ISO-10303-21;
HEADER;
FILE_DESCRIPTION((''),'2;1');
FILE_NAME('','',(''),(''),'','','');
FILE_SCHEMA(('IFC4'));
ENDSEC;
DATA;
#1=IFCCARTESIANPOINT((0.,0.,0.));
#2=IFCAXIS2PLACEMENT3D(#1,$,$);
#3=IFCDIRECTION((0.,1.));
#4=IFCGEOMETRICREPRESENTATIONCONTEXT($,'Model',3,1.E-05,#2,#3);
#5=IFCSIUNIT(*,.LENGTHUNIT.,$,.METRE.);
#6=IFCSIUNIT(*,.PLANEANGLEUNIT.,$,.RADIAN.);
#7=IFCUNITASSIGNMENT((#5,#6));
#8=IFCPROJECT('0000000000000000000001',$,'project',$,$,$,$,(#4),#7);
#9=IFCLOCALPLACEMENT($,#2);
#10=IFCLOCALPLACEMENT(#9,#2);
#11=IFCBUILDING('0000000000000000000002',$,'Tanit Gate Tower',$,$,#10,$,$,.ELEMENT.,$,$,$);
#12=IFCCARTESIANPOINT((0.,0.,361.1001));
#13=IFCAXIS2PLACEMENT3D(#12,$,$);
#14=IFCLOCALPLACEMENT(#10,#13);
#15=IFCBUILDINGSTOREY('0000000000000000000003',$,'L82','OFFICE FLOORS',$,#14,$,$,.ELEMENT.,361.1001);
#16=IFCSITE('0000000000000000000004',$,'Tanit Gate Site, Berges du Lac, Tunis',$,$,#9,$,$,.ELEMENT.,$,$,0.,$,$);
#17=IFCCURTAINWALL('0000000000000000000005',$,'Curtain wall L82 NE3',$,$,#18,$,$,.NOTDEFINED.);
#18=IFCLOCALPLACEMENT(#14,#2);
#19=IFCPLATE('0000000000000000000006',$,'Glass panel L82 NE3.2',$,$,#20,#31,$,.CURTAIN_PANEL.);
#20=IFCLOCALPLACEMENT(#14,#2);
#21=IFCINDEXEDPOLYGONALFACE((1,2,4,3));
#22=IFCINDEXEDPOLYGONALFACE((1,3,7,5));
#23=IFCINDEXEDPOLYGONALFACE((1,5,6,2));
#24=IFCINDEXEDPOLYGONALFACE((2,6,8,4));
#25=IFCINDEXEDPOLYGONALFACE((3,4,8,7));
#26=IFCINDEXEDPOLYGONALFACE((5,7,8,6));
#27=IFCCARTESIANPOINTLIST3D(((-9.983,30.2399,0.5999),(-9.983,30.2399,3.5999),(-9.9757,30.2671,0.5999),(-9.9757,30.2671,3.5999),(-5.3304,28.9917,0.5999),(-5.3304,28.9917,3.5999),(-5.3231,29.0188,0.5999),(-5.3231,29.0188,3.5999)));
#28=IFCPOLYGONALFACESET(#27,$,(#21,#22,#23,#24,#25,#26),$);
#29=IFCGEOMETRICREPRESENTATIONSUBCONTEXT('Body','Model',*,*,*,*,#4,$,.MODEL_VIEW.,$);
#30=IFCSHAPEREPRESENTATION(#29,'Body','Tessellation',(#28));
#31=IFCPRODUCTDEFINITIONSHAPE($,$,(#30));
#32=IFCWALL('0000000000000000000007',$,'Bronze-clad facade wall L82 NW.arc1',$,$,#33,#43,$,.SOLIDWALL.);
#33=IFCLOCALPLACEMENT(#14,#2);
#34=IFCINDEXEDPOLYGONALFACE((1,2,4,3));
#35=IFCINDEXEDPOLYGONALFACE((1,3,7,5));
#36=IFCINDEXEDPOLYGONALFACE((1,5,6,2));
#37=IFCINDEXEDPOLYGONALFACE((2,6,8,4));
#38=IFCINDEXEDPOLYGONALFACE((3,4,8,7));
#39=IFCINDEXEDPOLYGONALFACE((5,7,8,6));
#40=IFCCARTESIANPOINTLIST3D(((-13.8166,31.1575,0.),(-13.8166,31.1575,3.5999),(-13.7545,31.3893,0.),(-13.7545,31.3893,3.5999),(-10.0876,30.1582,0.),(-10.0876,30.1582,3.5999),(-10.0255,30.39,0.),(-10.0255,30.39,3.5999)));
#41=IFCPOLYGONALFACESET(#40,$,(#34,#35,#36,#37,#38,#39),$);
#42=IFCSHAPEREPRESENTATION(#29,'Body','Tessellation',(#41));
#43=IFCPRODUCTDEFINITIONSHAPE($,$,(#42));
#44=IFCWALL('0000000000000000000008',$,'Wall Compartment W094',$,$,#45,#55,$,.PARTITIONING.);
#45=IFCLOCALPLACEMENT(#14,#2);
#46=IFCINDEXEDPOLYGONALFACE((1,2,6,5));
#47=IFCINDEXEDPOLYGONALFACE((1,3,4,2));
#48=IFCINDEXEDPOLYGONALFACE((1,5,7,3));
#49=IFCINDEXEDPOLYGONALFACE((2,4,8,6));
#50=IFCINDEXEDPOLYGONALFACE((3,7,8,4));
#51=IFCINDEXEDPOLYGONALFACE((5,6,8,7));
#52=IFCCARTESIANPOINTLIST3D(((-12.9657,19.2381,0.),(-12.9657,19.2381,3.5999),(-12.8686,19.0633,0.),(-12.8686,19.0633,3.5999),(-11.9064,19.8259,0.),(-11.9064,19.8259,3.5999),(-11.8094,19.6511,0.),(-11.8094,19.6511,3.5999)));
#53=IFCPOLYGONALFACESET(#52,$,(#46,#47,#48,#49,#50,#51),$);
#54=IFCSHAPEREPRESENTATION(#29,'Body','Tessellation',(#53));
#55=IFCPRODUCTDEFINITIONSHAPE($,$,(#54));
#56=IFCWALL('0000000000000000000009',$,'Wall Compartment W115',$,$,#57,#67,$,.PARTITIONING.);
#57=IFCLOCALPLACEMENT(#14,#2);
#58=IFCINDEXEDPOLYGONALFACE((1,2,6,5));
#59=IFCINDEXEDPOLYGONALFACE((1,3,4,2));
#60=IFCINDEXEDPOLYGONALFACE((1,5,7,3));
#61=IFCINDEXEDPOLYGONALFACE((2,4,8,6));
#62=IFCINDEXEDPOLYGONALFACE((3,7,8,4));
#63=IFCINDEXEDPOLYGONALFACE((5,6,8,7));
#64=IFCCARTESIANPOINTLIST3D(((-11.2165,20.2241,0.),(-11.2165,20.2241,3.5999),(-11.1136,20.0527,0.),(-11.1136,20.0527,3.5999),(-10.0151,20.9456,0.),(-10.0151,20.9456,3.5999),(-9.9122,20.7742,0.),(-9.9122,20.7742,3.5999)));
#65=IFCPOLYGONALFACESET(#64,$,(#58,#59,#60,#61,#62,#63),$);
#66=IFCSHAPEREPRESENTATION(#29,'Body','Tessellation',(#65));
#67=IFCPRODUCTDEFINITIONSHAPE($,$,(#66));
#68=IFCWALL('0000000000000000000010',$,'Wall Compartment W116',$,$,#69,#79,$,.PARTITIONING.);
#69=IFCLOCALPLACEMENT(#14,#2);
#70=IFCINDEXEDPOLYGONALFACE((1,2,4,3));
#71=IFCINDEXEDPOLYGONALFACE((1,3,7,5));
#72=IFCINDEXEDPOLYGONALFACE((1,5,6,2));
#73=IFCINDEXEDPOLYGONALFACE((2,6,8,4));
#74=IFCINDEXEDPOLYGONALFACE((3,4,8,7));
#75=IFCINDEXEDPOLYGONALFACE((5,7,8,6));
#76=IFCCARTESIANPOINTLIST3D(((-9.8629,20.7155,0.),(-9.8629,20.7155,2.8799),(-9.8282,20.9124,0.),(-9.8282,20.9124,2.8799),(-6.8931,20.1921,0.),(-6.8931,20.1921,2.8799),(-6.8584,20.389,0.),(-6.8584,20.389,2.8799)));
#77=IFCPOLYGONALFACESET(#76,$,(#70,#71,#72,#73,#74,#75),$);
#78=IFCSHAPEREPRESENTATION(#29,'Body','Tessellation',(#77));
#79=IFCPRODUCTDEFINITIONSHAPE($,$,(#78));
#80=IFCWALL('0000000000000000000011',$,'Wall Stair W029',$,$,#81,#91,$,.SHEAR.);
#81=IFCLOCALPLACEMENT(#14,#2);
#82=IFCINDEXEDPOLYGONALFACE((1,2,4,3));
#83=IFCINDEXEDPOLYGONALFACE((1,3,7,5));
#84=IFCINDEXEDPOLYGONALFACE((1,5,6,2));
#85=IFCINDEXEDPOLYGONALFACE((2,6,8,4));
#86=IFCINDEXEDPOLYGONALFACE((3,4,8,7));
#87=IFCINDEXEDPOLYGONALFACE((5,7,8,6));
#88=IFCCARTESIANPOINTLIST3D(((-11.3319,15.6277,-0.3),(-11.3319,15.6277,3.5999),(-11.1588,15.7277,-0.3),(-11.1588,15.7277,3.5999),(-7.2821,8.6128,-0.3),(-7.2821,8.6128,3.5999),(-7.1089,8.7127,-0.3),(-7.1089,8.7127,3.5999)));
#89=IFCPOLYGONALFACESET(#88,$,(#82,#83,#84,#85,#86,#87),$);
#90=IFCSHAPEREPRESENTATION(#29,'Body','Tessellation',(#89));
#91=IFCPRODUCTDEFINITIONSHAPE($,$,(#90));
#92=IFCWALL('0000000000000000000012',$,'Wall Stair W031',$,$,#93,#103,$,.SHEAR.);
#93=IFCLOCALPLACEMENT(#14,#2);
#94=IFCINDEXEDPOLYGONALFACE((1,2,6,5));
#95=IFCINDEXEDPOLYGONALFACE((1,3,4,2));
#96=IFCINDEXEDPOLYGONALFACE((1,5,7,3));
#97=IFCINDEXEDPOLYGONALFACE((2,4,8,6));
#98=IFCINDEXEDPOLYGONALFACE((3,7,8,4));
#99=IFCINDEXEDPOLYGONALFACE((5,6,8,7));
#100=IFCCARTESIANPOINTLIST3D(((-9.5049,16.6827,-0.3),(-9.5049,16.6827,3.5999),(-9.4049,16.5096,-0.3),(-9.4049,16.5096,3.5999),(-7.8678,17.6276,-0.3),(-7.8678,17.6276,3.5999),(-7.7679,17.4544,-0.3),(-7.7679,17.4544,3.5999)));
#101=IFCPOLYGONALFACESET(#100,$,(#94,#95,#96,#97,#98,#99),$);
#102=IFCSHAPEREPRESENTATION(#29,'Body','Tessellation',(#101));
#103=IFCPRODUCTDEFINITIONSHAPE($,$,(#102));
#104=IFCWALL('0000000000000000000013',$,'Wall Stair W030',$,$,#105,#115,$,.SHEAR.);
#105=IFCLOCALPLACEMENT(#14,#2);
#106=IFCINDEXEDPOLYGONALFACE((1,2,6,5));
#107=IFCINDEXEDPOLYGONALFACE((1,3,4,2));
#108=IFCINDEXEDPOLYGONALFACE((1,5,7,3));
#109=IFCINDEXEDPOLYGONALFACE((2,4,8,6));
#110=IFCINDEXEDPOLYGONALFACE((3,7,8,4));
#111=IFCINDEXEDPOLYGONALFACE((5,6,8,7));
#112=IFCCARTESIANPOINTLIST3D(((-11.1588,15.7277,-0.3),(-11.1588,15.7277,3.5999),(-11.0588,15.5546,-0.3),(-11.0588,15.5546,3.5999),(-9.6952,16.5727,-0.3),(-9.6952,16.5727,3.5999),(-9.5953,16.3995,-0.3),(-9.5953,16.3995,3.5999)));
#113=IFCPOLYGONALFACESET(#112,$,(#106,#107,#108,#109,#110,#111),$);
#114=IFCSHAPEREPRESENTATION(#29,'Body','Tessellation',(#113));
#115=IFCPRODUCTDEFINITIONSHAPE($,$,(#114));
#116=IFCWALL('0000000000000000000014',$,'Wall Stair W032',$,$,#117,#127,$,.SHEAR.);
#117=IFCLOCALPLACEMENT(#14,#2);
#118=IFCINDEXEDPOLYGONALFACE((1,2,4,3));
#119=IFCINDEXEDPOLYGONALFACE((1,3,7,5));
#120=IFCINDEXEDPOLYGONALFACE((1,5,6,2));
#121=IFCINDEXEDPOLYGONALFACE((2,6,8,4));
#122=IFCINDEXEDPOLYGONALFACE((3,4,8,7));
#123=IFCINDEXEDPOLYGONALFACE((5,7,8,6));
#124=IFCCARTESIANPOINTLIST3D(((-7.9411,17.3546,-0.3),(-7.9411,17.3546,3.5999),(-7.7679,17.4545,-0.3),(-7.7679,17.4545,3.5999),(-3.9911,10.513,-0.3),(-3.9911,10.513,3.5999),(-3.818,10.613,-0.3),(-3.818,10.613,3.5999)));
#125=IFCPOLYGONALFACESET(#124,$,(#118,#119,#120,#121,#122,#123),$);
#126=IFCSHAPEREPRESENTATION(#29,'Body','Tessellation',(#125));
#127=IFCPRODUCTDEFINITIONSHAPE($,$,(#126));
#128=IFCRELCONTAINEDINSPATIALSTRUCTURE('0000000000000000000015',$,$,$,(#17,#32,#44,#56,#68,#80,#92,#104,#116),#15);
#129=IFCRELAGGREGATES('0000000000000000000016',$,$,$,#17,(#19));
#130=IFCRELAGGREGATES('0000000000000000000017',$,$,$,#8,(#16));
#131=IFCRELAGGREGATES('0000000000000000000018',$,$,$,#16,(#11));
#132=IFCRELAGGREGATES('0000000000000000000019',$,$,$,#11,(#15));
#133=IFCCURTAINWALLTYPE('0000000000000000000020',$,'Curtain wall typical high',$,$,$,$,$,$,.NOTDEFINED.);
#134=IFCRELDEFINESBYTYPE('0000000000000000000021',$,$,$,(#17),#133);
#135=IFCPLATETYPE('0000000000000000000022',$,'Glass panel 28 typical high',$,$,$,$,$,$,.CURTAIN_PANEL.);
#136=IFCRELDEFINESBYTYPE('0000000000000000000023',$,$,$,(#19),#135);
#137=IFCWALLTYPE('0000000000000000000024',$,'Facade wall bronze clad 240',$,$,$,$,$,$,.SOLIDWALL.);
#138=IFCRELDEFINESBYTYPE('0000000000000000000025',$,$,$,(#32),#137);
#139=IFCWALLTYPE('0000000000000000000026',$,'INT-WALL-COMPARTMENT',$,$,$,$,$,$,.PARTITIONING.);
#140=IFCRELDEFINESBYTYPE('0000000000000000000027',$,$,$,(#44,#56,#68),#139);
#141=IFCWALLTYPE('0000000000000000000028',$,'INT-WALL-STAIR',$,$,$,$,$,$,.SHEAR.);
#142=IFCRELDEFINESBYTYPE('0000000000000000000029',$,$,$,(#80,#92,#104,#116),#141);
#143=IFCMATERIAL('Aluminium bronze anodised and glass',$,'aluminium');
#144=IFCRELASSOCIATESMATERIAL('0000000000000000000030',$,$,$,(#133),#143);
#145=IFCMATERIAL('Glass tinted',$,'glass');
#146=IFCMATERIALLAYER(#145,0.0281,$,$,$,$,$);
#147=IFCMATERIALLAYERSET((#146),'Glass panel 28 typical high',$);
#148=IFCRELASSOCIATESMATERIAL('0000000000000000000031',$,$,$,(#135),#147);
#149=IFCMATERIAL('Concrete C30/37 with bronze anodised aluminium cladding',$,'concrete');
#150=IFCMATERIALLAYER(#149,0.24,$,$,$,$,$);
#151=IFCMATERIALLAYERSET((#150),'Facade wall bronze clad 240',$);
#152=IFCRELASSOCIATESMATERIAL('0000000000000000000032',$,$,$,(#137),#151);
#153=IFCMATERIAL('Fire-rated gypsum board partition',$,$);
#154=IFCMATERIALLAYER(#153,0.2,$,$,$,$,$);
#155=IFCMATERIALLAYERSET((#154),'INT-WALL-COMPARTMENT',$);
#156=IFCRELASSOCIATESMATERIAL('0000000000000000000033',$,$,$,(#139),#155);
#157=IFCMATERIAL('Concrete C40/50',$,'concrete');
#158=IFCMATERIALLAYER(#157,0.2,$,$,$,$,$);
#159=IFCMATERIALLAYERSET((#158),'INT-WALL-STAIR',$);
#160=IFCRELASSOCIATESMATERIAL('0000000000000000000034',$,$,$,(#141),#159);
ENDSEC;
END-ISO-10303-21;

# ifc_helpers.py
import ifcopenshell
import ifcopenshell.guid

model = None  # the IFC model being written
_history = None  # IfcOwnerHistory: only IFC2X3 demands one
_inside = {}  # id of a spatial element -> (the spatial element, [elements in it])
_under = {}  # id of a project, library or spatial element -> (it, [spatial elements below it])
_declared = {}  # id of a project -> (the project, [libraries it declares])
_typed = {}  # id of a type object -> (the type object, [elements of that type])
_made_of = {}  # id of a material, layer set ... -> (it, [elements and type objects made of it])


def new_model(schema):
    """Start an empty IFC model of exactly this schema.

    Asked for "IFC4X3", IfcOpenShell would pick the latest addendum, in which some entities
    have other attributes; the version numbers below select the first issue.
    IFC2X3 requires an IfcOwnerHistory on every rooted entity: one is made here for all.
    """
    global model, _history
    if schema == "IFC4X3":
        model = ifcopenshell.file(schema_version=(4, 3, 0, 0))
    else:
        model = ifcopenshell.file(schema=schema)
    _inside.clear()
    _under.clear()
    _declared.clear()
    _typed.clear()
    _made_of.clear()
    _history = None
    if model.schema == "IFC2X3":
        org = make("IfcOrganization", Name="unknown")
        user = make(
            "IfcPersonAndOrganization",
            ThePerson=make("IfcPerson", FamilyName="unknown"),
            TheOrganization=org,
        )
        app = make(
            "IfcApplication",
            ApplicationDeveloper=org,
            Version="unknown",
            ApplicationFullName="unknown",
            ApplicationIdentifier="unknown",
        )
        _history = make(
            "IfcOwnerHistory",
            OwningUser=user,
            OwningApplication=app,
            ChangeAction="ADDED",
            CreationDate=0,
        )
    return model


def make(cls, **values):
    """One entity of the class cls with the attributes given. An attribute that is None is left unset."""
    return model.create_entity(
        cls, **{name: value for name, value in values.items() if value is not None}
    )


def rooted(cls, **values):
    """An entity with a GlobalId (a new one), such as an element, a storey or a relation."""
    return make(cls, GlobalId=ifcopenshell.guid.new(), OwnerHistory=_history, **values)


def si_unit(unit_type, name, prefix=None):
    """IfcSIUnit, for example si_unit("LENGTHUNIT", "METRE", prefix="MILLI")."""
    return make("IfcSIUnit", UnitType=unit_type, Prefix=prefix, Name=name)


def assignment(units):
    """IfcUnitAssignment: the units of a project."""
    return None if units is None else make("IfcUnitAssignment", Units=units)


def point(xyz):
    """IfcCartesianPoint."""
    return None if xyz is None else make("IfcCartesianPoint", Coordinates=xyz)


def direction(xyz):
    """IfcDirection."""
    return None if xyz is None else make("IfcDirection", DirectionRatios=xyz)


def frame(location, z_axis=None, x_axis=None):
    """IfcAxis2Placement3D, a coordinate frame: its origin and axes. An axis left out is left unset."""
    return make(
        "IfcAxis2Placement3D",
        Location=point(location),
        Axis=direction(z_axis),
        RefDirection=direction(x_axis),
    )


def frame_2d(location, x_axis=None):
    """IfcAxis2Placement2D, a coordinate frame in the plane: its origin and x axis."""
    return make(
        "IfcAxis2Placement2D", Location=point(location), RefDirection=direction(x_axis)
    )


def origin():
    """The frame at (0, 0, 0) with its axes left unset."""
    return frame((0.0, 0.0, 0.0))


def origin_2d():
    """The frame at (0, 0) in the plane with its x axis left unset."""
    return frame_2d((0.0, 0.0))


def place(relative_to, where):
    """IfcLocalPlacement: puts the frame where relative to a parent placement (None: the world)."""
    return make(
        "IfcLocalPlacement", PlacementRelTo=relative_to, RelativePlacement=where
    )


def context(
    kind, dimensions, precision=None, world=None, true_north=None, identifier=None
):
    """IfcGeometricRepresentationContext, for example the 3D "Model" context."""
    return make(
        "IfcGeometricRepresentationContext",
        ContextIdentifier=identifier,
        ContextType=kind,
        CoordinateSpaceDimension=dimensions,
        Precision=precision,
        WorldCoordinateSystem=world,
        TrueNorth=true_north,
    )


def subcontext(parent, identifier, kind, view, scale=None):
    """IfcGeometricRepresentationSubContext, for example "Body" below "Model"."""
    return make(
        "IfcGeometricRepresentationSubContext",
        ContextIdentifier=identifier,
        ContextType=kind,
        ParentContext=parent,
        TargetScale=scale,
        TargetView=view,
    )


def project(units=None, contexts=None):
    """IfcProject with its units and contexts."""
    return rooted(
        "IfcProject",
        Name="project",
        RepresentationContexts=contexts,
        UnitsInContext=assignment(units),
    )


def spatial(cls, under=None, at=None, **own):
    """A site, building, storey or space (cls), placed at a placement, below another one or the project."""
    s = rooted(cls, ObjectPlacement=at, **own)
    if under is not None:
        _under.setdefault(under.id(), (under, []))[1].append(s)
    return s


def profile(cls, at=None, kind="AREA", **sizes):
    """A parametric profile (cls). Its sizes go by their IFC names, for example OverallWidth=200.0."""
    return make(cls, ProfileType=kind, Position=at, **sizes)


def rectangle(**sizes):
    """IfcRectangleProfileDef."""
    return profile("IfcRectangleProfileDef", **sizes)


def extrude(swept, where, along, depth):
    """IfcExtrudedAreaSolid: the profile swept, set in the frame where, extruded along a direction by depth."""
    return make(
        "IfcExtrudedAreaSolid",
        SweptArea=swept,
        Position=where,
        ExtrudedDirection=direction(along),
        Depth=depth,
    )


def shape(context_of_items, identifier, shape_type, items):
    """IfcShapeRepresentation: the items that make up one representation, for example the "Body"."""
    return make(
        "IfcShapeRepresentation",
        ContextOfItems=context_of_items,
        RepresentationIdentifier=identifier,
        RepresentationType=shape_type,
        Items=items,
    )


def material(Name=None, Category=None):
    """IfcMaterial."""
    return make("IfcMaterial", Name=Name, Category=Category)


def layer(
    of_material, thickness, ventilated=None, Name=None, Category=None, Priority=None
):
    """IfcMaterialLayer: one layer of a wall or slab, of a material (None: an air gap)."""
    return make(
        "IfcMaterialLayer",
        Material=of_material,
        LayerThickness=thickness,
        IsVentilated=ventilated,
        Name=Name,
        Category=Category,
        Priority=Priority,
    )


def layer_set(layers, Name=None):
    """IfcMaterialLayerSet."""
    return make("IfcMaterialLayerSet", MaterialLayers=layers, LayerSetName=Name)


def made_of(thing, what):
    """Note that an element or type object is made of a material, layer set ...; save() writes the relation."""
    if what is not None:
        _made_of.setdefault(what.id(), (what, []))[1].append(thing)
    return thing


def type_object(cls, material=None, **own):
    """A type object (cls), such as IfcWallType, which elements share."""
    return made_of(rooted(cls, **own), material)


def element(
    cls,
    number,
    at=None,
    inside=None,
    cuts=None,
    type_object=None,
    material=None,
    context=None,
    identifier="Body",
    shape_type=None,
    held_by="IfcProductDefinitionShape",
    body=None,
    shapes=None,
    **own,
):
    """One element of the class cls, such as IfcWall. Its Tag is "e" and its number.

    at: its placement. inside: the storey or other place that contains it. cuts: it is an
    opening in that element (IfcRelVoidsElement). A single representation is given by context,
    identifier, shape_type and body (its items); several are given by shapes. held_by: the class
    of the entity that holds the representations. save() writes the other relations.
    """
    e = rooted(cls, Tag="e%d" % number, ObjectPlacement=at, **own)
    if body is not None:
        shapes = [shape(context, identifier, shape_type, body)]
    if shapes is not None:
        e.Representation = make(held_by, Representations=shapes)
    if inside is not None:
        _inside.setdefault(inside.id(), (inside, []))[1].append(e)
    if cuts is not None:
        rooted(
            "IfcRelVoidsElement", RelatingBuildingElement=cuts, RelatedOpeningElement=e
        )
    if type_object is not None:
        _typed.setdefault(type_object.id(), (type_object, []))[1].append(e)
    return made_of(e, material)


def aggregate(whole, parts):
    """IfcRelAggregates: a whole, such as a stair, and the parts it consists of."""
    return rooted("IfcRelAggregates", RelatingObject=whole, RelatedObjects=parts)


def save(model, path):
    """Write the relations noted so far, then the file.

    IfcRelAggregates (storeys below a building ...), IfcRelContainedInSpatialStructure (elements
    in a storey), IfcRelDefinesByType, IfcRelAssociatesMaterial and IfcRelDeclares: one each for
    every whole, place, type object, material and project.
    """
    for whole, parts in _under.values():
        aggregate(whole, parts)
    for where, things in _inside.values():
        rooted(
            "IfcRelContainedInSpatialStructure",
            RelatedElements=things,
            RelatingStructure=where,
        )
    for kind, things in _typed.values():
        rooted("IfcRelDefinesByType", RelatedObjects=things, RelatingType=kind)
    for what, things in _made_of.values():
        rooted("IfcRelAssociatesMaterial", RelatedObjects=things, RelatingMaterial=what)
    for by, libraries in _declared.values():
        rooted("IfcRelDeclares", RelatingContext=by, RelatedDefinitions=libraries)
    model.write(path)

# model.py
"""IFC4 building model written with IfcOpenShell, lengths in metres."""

from ifc_helpers import new_model, si_unit, direction, frame, frame_2d, origin, origin_2d, place, context, subcontext, project, spatial, rectangle, extrude, material, layer, layer_set, type_object, element, aggregate, save


model = new_model("IFC4")

# Units and contexts
model_context = context("Model", 3, precision=1e-05, world=origin(), true_north=direction((0.0, 1.0)))
body_context = subcontext(model_context, "Body", "Model", "MODEL_VIEW")
ifc_project = project(units=[si_unit("LENGTHUNIT", "METRE"), si_unit("PLANEANGLEUNIT", "RADIAN")], contexts=[model_context])

# Site, building, storey
site_placement = place(None, origin())
site = spatial("IfcSite", under=ifc_project, at=site_placement, Name="Tanit Gate Site, Berges du Lac, Tunis", CompositionType="ELEMENT", RefElevation=0.0)
building_placement = place(site_placement, origin())
building = spatial("IfcBuilding", under=site, at=building_placement, Name="Tanit Gate Tower", CompositionType="ELEMENT")
storey_placement = place(building_placement, frame((0.0, 0.0, 361.1001)))
storey = spatial("IfcBuildingStorey", under=building, at=storey_placement, Name="L82", Description="OFFICE FLOORS", CompositionType="ELEMENT", Elevation=361.1001)

# Curtain wall
ifc_material_1 = material(Name="Aluminium bronze anodised and glass", Category="aluminium")
curtain_wall_type = type_object("IfcCurtainWallType", Name="Curtain wall typical high", PredefinedType="NOTDEFINED", material=ifc_material_1)
curtain_wall_placement = place(storey_placement, origin())
curtain_wall = element("IfcCurtainWall", 1, at=curtain_wall_placement, inside=storey, type_object=curtain_wall_type, Name="Curtain wall L82 NE3", PredefinedType="NOTDEFINED")

# Plate
ifc_material_2 = material(Name="Glass tinted", Category="glass")
ifc_layer_1 = layer(ifc_material_2, 0.0281)
ifc_layer_set_1 = layer_set([ifc_layer_1], Name="Glass panel 28 typical high")
plate_type = type_object("IfcPlateType", Name="Glass panel 28 typical high", PredefinedType="CURTAIN_PANEL", material=ifc_layer_set_1)
plate_1_placement = place(storey_placement, frame((-7.6531, 29.6294, 0.5999), z_axis=(0.0, 0.0, 1.0), x_axis=(-0.965845, 0.259122, 0.0)))
plate_1 = element("IfcPlate", 2, at=plate_1_placement, type_object=plate_type, Name="Glass panel L82 NE3.2", PredefinedType="CURTAIN_PANEL", context=body_context, shape_type="SweptSolid", body=[
    extrude(rectangle(XDim=4.8171, YDim=0.0281, at=origin_2d()), origin(), (0.0, 0.0, 1.0), 3.0),
])
aggregate(curtain_wall, [plate_1])

# Walls
ifc_material_3 = material(Name="Concrete C30/37 with bronze anodised aluminium cladding", Category="concrete")
ifc_layer_2 = layer(ifc_material_3, 0.24)
ifc_layer_set_2 = layer_set([ifc_layer_2], Name="Facade wall bronze clad 240")
wall_type_1 = type_object("IfcWallType", Name="Facade wall bronze clad 240", PredefinedType="SOLIDWALL", material=ifc_layer_set_2)
wall_1_placement = place(storey_placement, frame((-10.0566, 30.2742, 0.0), z_axis=(0.0, 0.0, 1.0), x_axis=(-0.96592, 0.258839, 0.0)))
element("IfcWall", 3, at=wall_1_placement, inside=storey, type_object=wall_type_1, Name="Bronze-clad facade wall L82 NW.arc1", PredefinedType="SOLIDWALL", context=body_context, shape_type="SweptSolid", body=[
    extrude(rectangle(XDim=3.8606, YDim=0.24, at=frame_2d((1.9302, 0.0))), origin(), (0.0, 0.0, 1.0), 3.5999),
])
ifc_material_4 = material(Name="Fire-rated gypsum board partition")
ifc_layer_3 = layer(ifc_material_4, 0.2)
ifc_layer_set_3 = layer_set([ifc_layer_3], Name="INT-WALL-COMPARTMENT")
wall_type_2 = type_object("IfcWallType", Name="INT-WALL-COMPARTMENT", PredefinedType="PARTITIONING", material=ifc_layer_set_3)
wall_2_placement = place(storey_placement, frame((-11.8579, 19.7385, 0.0), z_axis=(0.0, 0.0, 1.0), x_axis=(-0.874376, -0.485249, 0.0)))
element("IfcWall", 4, at=wall_2_placement, inside=storey, type_object=wall_type_2, Name="Wall Compartment W094", PredefinedType="PARTITIONING", context=body_context, shape_type="SweptSolid", body=[
    extrude(rectangle(XDim=1.2114, YDim=0.2, at=frame_2d((0.6057, 0.0))), origin(), (0.0, 0.0, 1.0), 3.5999),
])
wall_3_placement = place(storey_placement, frame((-9.9636, 20.8599, 0.0), z_axis=(0.0, 0.0, 1.0), x_axis=(-0.857308, -0.514803, 0.0)))
element("IfcWall", 5, at=wall_3_placement, inside=storey, type_object=wall_type_2, Name="Wall Compartment W115", PredefinedType="PARTITIONING", context=body_context, shape_type="SweptSolid", body=[
    extrude(rectangle(XDim=1.4014, YDim=0.2, at=frame_2d((0.7007, 0.0))), origin(), (0.0, 0.0, 1.0), 3.5999),
])
wall_4_placement = place(storey_placement, frame((-6.8757, 20.2905, 0.0), z_axis=(0.0, 0.0, 1.0), x_axis=(-0.984819, 0.173582, 0.0)))
element("IfcWall", 6, at=wall_4_placement, inside=storey, type_object=wall_type_2, Name="Wall Compartment W116", PredefinedType="PARTITIONING", context=body_context, shape_type="SweptSolid", body=[
    extrude(rectangle(XDim=3.0156, YDim=0.2, at=frame_2d((1.5078, 0.0))), origin(), (0.0, 0.0, 1.0), 2.8799),
])
ifc_material_5 = material(Name="Concrete C40/50", Category="concrete")
ifc_layer_4 = layer(ifc_material_5, 0.2)
ifc_layer_set_4 = layer_set([ifc_layer_4], Name="INT-WALL-STAIR")
wall_type_3 = type_object("IfcWallType", Name="INT-WALL-STAIR", PredefinedType="SHEAR", material=ifc_layer_set_4)
wall_5_placement = place(storey_placement, frame((-11.2454, 15.6777, -0.3), z_axis=(0.0, 0.0, 1.0), x_axis=(0.499977, -0.866039, 0.0)))
element("IfcWall", 7, at=wall_5_placement, inside=storey, type_object=wall_type_3, Name="Wall Stair W029", PredefinedType="SHEAR", context=body_context, shape_type="SweptSolid", body=[
    extrude(rectangle(XDim=8.1001, YDim=0.2, at=frame_2d((4.05, 0.0))), origin(), (0.0, 0.0, 1.0), 3.8999),
])
wall_6_placement = place(storey_placement, frame((-7.8179, 17.541, -0.3), z_axis=(0.0, 0.0, 1.0), x_axis=(-0.866089, -0.49989, 0.0)))
element("IfcWall", 8, at=wall_6_placement, inside=storey, type_object=wall_type_3, Name="Wall Stair W031", PredefinedType="SHEAR", context=body_context, shape_type="SweptSolid", body=[
    extrude(rectangle(XDim=1.8901, YDim=0.2, at=frame_2d((0.9451, 0.0))), origin(), (0.0, 0.0, 1.0), 3.8999),
])
wall_7_placement = place(storey_placement, frame((-9.6453, 16.4861, -0.3), z_axis=(0.0, 0.0, 1.0), x_axis=(-0.866039, -0.499977, 0.0)))
element("IfcWall", 9, at=wall_7_placement, inside=storey, type_object=wall_type_3, Name="Wall Stair W030", PredefinedType="SHEAR", context=body_context, shape_type="SweptSolid", body=[
    extrude(rectangle(XDim=1.6899, YDim=0.2, at=frame_2d((0.845, 0.0))), origin(), (0.0, 0.0, 1.0), 3.8999),
])
wall_8_placement = place(storey_placement, frame((-7.8545, 17.4045, -0.3), z_axis=(0.0, 0.0, 1.0), x_axis=(0.499998, -0.866027, 0.0)))
element("IfcWall", 10, at=wall_8_placement, inside=storey, type_object=wall_type_3, Name="Wall Stair W032", PredefinedType="SHEAR", context=body_context, shape_type="SweptSolid", body=[
    extrude(rectangle(XDim=7.8999, YDim=0.2, at=frame_2d((3.95, 0.0))), origin(), (0.0, 0.0, 1.0), 3.8999),
])

save(model, "model.ifc")
